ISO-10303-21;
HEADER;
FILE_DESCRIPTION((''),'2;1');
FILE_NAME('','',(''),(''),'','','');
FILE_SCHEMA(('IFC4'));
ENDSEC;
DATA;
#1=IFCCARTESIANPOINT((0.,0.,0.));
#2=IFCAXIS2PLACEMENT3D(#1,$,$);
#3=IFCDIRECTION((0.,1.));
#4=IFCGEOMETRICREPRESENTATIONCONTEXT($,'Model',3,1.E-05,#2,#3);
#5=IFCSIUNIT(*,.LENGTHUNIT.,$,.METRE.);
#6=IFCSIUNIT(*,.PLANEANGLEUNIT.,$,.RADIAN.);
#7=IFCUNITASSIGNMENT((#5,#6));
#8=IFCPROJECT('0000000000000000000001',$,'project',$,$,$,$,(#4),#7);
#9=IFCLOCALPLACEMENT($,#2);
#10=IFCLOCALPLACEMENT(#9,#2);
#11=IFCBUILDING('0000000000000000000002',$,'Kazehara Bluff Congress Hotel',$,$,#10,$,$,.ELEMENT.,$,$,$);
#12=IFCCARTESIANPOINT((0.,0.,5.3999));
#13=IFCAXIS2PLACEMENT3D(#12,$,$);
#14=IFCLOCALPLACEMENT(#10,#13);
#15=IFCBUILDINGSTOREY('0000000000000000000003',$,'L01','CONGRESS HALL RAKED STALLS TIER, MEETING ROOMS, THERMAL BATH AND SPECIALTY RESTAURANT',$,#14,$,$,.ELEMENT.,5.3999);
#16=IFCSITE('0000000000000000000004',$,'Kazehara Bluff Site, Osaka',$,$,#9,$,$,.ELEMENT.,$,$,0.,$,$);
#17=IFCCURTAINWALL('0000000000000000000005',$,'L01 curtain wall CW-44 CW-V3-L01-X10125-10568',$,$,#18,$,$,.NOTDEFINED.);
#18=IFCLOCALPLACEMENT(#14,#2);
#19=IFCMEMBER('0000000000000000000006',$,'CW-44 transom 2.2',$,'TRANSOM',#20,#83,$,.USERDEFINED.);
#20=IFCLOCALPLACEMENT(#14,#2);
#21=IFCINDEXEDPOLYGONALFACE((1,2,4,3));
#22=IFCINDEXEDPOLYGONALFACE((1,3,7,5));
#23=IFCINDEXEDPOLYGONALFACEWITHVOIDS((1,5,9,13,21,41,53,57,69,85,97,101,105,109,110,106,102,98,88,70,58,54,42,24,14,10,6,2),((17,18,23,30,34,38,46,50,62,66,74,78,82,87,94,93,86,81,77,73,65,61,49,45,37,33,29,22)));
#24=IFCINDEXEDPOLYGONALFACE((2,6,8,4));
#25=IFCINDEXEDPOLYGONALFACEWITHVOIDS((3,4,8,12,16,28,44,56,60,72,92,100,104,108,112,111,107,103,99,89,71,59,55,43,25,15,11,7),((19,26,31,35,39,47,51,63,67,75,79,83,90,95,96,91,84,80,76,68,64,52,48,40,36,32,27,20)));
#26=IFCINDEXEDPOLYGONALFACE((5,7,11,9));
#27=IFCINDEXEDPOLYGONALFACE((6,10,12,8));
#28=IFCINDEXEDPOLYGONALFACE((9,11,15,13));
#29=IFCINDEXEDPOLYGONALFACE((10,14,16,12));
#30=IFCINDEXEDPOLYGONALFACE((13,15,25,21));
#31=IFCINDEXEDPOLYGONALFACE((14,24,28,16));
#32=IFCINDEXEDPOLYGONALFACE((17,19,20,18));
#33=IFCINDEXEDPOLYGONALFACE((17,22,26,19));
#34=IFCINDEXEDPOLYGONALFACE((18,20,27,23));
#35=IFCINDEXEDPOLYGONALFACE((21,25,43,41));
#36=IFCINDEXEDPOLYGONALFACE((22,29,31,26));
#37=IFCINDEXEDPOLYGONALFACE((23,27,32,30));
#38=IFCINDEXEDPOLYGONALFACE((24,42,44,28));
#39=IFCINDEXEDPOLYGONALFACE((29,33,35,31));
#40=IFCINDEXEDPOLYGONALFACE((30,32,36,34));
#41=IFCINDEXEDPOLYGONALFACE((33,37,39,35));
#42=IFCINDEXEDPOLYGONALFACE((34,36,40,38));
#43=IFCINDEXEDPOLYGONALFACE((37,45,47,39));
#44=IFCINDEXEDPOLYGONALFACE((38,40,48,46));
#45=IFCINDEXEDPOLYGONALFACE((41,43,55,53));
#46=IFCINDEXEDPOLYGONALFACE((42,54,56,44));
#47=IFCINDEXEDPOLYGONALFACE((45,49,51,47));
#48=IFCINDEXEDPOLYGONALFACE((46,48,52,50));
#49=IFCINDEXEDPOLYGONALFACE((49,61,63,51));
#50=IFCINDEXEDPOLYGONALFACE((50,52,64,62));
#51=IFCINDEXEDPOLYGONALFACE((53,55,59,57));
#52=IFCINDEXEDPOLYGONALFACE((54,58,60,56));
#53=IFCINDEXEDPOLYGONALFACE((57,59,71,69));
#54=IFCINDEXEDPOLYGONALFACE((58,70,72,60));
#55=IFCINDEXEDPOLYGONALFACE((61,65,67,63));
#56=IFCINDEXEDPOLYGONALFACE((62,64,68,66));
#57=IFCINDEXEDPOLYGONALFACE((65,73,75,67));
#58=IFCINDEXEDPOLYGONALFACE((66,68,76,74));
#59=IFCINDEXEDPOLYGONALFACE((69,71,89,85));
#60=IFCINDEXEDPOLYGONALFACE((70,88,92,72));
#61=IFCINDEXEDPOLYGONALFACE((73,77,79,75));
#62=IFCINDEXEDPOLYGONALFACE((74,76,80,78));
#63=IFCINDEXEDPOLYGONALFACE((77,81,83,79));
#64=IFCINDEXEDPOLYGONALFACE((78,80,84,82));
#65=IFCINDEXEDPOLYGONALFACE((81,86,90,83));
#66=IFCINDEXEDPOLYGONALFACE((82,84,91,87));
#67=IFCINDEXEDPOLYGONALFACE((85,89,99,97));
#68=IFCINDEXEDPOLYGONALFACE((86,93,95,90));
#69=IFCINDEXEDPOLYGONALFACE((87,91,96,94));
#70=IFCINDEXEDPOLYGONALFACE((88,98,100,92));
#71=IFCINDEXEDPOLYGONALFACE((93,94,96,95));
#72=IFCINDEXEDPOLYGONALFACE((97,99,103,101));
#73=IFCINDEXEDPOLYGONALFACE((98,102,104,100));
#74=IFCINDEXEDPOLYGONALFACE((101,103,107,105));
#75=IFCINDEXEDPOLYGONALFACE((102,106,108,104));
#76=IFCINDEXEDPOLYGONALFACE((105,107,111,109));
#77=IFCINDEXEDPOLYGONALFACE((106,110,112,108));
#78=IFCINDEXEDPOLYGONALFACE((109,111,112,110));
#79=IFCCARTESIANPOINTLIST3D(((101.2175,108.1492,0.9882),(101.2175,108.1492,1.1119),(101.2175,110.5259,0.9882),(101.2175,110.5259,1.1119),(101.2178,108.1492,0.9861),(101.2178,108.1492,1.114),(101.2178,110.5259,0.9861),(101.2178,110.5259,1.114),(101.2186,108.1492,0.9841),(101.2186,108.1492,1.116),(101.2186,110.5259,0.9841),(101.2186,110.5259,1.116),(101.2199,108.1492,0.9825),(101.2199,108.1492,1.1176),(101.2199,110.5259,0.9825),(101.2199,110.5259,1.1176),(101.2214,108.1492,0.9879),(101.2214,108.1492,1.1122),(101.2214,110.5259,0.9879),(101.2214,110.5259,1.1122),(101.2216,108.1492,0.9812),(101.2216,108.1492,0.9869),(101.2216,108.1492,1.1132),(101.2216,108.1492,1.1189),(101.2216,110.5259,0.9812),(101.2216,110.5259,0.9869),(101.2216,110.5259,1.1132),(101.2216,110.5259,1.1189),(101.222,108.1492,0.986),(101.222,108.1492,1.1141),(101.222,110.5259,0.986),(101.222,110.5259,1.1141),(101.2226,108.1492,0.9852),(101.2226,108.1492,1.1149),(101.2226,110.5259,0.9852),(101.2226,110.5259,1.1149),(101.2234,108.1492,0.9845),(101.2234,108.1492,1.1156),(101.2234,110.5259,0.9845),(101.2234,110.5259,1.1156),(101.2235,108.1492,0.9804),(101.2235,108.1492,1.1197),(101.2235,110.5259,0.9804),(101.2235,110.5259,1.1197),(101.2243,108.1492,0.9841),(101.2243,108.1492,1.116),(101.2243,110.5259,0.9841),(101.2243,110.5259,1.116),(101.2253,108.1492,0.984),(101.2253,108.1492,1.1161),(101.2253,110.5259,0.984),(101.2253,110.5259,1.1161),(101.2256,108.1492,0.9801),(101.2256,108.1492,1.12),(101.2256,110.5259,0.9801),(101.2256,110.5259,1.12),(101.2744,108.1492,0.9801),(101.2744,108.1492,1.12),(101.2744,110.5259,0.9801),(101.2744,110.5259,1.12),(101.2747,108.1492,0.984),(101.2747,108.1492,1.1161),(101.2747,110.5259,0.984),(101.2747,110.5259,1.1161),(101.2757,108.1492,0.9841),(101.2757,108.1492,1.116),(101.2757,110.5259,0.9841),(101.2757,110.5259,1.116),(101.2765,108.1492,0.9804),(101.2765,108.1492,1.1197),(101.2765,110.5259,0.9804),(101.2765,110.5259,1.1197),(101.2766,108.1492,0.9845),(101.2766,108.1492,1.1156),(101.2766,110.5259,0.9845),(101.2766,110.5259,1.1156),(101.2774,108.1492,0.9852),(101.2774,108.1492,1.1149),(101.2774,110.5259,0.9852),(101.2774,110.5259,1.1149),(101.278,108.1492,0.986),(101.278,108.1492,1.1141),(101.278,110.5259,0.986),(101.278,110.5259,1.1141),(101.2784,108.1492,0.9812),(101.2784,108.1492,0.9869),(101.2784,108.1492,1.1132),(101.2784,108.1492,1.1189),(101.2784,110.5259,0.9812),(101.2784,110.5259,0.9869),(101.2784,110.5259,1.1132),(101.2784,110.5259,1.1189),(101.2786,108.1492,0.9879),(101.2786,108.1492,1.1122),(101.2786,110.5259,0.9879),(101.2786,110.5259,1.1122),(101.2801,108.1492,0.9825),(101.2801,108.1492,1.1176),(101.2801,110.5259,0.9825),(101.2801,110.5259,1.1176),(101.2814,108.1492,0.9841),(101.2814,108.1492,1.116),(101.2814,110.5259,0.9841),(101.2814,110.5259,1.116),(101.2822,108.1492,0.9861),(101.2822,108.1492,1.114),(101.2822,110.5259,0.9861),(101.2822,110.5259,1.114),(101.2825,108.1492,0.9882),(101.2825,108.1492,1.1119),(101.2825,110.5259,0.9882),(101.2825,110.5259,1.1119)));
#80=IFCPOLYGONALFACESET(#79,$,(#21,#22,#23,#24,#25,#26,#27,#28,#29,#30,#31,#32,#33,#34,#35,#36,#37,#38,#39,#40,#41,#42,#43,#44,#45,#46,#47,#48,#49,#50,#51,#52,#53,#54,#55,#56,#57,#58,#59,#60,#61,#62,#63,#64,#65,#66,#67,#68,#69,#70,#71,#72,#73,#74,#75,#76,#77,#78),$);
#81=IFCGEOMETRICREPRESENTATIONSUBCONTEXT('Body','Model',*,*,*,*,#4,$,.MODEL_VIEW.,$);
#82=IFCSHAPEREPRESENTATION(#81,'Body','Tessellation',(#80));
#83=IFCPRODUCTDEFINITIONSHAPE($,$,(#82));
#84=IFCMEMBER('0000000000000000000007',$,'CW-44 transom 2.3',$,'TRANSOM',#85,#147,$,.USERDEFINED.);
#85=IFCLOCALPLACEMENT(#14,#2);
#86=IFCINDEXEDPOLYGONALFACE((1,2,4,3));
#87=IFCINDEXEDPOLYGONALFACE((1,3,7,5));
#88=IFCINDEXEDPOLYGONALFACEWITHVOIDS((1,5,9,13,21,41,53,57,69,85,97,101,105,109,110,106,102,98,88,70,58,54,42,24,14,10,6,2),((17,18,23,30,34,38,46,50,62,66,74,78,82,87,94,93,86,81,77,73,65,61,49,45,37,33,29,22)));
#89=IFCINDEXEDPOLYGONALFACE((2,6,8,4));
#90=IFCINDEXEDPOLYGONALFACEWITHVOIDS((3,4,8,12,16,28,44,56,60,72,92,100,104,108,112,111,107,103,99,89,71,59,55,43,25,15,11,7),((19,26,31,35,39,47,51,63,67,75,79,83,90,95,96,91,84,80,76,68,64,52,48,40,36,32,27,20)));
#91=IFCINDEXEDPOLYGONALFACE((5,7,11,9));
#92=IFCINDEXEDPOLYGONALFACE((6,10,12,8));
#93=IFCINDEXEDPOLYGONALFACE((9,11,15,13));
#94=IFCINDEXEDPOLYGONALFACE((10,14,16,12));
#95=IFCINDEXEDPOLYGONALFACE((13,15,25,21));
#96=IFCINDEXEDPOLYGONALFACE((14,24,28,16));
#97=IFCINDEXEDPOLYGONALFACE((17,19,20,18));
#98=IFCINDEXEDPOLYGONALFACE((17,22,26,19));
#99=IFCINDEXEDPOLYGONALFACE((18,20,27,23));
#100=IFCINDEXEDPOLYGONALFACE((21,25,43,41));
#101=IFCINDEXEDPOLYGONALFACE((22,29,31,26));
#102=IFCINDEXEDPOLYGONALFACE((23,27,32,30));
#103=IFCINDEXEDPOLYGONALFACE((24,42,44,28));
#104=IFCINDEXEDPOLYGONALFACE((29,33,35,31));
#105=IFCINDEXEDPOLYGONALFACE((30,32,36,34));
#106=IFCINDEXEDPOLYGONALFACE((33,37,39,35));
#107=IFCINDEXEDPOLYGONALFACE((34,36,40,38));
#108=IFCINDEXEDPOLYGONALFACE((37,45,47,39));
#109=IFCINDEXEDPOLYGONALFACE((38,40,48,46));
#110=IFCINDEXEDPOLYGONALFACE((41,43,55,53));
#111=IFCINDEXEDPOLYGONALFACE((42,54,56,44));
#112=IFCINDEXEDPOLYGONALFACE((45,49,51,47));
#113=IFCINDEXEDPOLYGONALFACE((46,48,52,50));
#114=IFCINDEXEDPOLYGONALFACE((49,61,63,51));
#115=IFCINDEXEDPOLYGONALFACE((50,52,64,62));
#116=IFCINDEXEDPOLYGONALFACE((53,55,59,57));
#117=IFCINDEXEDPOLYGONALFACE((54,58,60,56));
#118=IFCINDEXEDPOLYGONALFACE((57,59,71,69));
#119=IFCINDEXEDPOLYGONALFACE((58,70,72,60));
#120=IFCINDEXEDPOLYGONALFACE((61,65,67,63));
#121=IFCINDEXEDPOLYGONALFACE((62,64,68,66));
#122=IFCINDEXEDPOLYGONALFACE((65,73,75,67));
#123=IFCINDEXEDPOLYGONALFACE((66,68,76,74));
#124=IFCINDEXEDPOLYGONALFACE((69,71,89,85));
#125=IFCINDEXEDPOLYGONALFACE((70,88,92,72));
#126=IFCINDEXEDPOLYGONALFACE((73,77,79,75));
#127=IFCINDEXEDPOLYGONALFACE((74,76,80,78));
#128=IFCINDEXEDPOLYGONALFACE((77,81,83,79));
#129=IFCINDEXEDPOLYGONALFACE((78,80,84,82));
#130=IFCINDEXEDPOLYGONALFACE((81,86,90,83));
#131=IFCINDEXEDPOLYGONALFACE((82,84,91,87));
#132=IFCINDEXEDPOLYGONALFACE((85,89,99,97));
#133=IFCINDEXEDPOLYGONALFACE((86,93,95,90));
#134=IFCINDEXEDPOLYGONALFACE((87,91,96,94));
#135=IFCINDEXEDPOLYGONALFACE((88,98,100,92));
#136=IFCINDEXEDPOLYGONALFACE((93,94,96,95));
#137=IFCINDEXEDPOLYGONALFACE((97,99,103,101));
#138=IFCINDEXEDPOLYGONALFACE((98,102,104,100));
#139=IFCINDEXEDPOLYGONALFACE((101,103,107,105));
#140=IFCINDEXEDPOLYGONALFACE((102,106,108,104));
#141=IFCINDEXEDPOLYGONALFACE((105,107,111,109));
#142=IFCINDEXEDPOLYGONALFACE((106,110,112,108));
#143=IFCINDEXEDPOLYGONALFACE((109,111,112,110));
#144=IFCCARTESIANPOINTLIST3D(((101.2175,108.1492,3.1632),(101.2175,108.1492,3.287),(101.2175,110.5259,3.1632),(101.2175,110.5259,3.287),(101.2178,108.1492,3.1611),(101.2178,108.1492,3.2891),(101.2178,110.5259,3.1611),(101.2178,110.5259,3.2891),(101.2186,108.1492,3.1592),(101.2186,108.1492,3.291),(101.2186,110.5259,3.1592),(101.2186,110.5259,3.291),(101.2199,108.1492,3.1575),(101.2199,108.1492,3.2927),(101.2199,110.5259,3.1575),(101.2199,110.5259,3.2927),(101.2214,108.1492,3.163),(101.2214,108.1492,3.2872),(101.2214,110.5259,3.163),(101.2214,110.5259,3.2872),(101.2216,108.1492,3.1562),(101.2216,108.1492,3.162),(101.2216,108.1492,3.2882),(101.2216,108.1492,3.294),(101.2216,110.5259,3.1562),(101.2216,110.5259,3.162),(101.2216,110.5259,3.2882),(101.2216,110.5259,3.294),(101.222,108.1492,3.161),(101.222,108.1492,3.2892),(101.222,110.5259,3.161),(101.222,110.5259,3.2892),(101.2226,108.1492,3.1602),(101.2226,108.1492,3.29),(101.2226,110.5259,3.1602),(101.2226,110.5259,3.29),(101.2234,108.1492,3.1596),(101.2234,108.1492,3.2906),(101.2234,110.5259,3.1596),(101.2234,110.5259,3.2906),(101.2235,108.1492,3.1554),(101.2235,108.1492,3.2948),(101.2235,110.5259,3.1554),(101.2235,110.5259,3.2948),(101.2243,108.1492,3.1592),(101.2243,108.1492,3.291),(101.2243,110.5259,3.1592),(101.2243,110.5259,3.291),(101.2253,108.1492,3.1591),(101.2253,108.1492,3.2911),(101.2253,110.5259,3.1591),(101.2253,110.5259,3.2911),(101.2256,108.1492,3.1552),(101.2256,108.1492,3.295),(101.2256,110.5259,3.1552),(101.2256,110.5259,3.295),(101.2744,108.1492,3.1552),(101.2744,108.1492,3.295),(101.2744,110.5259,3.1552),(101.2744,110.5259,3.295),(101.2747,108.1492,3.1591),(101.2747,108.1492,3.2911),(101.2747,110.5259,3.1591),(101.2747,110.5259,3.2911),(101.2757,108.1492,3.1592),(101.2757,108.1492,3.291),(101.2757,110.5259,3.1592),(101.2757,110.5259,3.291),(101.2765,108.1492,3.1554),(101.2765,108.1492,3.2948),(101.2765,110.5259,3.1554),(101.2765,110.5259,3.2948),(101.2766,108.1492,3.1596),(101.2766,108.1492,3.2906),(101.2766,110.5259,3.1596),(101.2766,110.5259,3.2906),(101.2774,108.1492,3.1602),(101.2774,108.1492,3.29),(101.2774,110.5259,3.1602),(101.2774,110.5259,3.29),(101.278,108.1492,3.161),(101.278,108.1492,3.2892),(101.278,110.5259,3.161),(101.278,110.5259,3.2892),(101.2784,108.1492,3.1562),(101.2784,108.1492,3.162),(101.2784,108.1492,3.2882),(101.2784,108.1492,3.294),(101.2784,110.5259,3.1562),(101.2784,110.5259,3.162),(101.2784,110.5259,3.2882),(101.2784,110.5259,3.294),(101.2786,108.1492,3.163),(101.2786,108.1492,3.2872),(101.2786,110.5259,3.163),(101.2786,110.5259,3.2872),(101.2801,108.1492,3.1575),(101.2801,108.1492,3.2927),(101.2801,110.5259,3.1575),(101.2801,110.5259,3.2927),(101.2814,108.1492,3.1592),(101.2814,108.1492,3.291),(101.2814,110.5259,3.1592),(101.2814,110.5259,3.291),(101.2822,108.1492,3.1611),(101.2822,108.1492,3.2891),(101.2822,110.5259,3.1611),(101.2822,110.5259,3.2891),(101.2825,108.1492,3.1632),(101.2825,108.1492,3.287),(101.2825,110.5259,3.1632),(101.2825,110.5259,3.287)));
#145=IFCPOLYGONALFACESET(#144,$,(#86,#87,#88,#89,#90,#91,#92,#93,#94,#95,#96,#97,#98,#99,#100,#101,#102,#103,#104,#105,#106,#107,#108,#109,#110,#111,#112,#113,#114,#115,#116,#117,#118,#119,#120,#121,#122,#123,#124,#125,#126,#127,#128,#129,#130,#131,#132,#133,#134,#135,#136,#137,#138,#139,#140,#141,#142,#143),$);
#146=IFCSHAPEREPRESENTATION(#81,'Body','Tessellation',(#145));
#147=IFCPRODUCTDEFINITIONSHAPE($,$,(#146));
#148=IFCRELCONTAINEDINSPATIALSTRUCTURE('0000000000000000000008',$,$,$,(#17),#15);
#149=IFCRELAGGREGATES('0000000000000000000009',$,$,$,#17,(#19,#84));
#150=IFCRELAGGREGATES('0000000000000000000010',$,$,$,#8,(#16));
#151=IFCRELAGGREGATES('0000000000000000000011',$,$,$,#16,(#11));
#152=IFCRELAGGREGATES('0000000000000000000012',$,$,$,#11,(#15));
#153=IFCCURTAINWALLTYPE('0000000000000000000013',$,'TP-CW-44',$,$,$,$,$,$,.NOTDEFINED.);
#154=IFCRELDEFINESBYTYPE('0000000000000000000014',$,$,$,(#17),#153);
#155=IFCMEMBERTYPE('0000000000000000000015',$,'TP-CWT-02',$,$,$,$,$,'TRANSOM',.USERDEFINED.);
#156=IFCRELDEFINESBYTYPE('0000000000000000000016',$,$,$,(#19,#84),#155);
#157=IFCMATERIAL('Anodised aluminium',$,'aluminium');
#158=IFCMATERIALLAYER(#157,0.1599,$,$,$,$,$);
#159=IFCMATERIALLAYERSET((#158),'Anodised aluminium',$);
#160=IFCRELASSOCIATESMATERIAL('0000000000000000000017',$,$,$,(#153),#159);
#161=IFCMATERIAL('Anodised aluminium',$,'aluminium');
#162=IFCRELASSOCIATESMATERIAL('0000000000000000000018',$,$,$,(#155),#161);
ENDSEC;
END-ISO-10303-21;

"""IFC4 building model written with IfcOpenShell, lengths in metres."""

from ifc_helpers import new_model, si_unit, direction, frame, origin, origin_2d, place, context, subcontext, project, spatial, hollow_rectangle, extrude, material, layer, layer_set, material_profile, profile_set, type_object, element, aggregate, save


model = new_model("IFC4")

# Units and contexts
model_context = context("Model", 3, precision=1e-05, world=origin(), true_north=direction((0.0, 1.0)))
body_context = subcontext(model_context, "Body", "Model", "MODEL_VIEW")
ifc_project = project(units=[si_unit("LENGTHUNIT", "METRE"), si_unit("PLANEANGLEUNIT", "RADIAN")], contexts=[model_context])

# Site, building, storey
site_placement = place(None, origin())
site = spatial("IfcSite", under=ifc_project, at=site_placement, Name="Kazehara Bluff Site, Osaka", CompositionType="ELEMENT", RefElevation=0.0)
building_placement = place(site_placement, origin())
building = spatial("IfcBuilding", under=site, at=building_placement, Name="Kazehara Bluff Congress Hotel", CompositionType="ELEMENT")
storey_placement = place(building_placement, frame((0.0, 0.0, 5.3999)))
storey = spatial("IfcBuildingStorey", under=building, at=storey_placement, Name="L01", Description="CONGRESS HALL RAKED STALLS TIER, MEETING ROOMS, THERMAL BATH AND SPECIALTY RESTAURANT", CompositionType="ELEMENT", Elevation=5.3999)

# Curtain wall, members
ifc_material_1 = material(Name="Anodised aluminium", Category="aluminium")
ifc_layer_1 = layer(ifc_material_1, 0.1599)
ifc_layer_set_1 = layer_set([ifc_layer_1], Name="Anodised aluminium")
curtain_wall_type = type_object("IfcCurtainWallType", Name="TP-CW-44", PredefinedType="NOTDEFINED", material=ifc_layer_set_1)
curtain_wall_placement = place(storey_placement, origin())
curtain_wall = element("IfcCurtainWall", 1, at=curtain_wall_placement, inside=storey, type_object=curtain_wall_type, Name="L01 curtain wall CW-44 CW-V3-L01-X10125-10568", PredefinedType="NOTDEFINED")
ifc_material_2 = material(Name="Anodised aluminium", Category="aluminium")
ifc_material_profile_1 = material_profile(ifc_material_2, hollow_rectangle(XDim=0.0649, YDim=0.1399, WallThickness=0.0039, InnerFilletRadius=0.0039, OuterFilletRadius=0.0081, at=origin_2d()))
ifc_profile_set_1 = profile_set([ifc_material_profile_1], Name="Anodised aluminium")
member_type_1 = type_object("IfcMemberType", Name="TP-CWT-02", ElementType="TRANSOM", PredefinedType="USERDEFINED", material=ifc_profile_set_1)
member_1_placement = place(storey_placement, frame((101.25, 108.1492, 1.05), z_axis=(0.0, 1.0, 0.0), x_axis=(-1.0, 0.0, 0.0)))
member_1 = element("IfcMember", 2, at=member_1_placement, type_object=member_type_1, Name="CW-44 transom 2.2", ObjectType="TRANSOM", PredefinedType="USERDEFINED", context=body_context, shape_type="SweptSolid", body=[
    extrude(hollow_rectangle(XDim=0.0649, YDim=0.1399, WallThickness=0.0039, InnerFilletRadius=0.0039, OuterFilletRadius=0.0081, at=origin_2d()), origin(), (0.0, 0.0, 1.0), 2.3767),
])
member_2_placement = place(storey_placement, frame((101.25, 108.1492, 3.2251), z_axis=(0.0, 1.0, 0.0), x_axis=(-1.0, 0.0, 0.0)))
member_2 = element("IfcMember", 3, at=member_2_placement, type_object=member_type_1, Name="CW-44 transom 2.3", ObjectType="TRANSOM", PredefinedType="USERDEFINED", context=body_context, shape_type="SweptSolid", body=[
    extrude(hollow_rectangle(XDim=0.0649, YDim=0.1399, WallThickness=0.0039, InnerFilletRadius=0.0039, OuterFilletRadius=0.0081, at=origin_2d()), origin(), (0.0, 0.0, 1.0), 2.3767),
])

aggregate(curtain_wall, [member_1, member_2])

save(model, "model.ifc")
